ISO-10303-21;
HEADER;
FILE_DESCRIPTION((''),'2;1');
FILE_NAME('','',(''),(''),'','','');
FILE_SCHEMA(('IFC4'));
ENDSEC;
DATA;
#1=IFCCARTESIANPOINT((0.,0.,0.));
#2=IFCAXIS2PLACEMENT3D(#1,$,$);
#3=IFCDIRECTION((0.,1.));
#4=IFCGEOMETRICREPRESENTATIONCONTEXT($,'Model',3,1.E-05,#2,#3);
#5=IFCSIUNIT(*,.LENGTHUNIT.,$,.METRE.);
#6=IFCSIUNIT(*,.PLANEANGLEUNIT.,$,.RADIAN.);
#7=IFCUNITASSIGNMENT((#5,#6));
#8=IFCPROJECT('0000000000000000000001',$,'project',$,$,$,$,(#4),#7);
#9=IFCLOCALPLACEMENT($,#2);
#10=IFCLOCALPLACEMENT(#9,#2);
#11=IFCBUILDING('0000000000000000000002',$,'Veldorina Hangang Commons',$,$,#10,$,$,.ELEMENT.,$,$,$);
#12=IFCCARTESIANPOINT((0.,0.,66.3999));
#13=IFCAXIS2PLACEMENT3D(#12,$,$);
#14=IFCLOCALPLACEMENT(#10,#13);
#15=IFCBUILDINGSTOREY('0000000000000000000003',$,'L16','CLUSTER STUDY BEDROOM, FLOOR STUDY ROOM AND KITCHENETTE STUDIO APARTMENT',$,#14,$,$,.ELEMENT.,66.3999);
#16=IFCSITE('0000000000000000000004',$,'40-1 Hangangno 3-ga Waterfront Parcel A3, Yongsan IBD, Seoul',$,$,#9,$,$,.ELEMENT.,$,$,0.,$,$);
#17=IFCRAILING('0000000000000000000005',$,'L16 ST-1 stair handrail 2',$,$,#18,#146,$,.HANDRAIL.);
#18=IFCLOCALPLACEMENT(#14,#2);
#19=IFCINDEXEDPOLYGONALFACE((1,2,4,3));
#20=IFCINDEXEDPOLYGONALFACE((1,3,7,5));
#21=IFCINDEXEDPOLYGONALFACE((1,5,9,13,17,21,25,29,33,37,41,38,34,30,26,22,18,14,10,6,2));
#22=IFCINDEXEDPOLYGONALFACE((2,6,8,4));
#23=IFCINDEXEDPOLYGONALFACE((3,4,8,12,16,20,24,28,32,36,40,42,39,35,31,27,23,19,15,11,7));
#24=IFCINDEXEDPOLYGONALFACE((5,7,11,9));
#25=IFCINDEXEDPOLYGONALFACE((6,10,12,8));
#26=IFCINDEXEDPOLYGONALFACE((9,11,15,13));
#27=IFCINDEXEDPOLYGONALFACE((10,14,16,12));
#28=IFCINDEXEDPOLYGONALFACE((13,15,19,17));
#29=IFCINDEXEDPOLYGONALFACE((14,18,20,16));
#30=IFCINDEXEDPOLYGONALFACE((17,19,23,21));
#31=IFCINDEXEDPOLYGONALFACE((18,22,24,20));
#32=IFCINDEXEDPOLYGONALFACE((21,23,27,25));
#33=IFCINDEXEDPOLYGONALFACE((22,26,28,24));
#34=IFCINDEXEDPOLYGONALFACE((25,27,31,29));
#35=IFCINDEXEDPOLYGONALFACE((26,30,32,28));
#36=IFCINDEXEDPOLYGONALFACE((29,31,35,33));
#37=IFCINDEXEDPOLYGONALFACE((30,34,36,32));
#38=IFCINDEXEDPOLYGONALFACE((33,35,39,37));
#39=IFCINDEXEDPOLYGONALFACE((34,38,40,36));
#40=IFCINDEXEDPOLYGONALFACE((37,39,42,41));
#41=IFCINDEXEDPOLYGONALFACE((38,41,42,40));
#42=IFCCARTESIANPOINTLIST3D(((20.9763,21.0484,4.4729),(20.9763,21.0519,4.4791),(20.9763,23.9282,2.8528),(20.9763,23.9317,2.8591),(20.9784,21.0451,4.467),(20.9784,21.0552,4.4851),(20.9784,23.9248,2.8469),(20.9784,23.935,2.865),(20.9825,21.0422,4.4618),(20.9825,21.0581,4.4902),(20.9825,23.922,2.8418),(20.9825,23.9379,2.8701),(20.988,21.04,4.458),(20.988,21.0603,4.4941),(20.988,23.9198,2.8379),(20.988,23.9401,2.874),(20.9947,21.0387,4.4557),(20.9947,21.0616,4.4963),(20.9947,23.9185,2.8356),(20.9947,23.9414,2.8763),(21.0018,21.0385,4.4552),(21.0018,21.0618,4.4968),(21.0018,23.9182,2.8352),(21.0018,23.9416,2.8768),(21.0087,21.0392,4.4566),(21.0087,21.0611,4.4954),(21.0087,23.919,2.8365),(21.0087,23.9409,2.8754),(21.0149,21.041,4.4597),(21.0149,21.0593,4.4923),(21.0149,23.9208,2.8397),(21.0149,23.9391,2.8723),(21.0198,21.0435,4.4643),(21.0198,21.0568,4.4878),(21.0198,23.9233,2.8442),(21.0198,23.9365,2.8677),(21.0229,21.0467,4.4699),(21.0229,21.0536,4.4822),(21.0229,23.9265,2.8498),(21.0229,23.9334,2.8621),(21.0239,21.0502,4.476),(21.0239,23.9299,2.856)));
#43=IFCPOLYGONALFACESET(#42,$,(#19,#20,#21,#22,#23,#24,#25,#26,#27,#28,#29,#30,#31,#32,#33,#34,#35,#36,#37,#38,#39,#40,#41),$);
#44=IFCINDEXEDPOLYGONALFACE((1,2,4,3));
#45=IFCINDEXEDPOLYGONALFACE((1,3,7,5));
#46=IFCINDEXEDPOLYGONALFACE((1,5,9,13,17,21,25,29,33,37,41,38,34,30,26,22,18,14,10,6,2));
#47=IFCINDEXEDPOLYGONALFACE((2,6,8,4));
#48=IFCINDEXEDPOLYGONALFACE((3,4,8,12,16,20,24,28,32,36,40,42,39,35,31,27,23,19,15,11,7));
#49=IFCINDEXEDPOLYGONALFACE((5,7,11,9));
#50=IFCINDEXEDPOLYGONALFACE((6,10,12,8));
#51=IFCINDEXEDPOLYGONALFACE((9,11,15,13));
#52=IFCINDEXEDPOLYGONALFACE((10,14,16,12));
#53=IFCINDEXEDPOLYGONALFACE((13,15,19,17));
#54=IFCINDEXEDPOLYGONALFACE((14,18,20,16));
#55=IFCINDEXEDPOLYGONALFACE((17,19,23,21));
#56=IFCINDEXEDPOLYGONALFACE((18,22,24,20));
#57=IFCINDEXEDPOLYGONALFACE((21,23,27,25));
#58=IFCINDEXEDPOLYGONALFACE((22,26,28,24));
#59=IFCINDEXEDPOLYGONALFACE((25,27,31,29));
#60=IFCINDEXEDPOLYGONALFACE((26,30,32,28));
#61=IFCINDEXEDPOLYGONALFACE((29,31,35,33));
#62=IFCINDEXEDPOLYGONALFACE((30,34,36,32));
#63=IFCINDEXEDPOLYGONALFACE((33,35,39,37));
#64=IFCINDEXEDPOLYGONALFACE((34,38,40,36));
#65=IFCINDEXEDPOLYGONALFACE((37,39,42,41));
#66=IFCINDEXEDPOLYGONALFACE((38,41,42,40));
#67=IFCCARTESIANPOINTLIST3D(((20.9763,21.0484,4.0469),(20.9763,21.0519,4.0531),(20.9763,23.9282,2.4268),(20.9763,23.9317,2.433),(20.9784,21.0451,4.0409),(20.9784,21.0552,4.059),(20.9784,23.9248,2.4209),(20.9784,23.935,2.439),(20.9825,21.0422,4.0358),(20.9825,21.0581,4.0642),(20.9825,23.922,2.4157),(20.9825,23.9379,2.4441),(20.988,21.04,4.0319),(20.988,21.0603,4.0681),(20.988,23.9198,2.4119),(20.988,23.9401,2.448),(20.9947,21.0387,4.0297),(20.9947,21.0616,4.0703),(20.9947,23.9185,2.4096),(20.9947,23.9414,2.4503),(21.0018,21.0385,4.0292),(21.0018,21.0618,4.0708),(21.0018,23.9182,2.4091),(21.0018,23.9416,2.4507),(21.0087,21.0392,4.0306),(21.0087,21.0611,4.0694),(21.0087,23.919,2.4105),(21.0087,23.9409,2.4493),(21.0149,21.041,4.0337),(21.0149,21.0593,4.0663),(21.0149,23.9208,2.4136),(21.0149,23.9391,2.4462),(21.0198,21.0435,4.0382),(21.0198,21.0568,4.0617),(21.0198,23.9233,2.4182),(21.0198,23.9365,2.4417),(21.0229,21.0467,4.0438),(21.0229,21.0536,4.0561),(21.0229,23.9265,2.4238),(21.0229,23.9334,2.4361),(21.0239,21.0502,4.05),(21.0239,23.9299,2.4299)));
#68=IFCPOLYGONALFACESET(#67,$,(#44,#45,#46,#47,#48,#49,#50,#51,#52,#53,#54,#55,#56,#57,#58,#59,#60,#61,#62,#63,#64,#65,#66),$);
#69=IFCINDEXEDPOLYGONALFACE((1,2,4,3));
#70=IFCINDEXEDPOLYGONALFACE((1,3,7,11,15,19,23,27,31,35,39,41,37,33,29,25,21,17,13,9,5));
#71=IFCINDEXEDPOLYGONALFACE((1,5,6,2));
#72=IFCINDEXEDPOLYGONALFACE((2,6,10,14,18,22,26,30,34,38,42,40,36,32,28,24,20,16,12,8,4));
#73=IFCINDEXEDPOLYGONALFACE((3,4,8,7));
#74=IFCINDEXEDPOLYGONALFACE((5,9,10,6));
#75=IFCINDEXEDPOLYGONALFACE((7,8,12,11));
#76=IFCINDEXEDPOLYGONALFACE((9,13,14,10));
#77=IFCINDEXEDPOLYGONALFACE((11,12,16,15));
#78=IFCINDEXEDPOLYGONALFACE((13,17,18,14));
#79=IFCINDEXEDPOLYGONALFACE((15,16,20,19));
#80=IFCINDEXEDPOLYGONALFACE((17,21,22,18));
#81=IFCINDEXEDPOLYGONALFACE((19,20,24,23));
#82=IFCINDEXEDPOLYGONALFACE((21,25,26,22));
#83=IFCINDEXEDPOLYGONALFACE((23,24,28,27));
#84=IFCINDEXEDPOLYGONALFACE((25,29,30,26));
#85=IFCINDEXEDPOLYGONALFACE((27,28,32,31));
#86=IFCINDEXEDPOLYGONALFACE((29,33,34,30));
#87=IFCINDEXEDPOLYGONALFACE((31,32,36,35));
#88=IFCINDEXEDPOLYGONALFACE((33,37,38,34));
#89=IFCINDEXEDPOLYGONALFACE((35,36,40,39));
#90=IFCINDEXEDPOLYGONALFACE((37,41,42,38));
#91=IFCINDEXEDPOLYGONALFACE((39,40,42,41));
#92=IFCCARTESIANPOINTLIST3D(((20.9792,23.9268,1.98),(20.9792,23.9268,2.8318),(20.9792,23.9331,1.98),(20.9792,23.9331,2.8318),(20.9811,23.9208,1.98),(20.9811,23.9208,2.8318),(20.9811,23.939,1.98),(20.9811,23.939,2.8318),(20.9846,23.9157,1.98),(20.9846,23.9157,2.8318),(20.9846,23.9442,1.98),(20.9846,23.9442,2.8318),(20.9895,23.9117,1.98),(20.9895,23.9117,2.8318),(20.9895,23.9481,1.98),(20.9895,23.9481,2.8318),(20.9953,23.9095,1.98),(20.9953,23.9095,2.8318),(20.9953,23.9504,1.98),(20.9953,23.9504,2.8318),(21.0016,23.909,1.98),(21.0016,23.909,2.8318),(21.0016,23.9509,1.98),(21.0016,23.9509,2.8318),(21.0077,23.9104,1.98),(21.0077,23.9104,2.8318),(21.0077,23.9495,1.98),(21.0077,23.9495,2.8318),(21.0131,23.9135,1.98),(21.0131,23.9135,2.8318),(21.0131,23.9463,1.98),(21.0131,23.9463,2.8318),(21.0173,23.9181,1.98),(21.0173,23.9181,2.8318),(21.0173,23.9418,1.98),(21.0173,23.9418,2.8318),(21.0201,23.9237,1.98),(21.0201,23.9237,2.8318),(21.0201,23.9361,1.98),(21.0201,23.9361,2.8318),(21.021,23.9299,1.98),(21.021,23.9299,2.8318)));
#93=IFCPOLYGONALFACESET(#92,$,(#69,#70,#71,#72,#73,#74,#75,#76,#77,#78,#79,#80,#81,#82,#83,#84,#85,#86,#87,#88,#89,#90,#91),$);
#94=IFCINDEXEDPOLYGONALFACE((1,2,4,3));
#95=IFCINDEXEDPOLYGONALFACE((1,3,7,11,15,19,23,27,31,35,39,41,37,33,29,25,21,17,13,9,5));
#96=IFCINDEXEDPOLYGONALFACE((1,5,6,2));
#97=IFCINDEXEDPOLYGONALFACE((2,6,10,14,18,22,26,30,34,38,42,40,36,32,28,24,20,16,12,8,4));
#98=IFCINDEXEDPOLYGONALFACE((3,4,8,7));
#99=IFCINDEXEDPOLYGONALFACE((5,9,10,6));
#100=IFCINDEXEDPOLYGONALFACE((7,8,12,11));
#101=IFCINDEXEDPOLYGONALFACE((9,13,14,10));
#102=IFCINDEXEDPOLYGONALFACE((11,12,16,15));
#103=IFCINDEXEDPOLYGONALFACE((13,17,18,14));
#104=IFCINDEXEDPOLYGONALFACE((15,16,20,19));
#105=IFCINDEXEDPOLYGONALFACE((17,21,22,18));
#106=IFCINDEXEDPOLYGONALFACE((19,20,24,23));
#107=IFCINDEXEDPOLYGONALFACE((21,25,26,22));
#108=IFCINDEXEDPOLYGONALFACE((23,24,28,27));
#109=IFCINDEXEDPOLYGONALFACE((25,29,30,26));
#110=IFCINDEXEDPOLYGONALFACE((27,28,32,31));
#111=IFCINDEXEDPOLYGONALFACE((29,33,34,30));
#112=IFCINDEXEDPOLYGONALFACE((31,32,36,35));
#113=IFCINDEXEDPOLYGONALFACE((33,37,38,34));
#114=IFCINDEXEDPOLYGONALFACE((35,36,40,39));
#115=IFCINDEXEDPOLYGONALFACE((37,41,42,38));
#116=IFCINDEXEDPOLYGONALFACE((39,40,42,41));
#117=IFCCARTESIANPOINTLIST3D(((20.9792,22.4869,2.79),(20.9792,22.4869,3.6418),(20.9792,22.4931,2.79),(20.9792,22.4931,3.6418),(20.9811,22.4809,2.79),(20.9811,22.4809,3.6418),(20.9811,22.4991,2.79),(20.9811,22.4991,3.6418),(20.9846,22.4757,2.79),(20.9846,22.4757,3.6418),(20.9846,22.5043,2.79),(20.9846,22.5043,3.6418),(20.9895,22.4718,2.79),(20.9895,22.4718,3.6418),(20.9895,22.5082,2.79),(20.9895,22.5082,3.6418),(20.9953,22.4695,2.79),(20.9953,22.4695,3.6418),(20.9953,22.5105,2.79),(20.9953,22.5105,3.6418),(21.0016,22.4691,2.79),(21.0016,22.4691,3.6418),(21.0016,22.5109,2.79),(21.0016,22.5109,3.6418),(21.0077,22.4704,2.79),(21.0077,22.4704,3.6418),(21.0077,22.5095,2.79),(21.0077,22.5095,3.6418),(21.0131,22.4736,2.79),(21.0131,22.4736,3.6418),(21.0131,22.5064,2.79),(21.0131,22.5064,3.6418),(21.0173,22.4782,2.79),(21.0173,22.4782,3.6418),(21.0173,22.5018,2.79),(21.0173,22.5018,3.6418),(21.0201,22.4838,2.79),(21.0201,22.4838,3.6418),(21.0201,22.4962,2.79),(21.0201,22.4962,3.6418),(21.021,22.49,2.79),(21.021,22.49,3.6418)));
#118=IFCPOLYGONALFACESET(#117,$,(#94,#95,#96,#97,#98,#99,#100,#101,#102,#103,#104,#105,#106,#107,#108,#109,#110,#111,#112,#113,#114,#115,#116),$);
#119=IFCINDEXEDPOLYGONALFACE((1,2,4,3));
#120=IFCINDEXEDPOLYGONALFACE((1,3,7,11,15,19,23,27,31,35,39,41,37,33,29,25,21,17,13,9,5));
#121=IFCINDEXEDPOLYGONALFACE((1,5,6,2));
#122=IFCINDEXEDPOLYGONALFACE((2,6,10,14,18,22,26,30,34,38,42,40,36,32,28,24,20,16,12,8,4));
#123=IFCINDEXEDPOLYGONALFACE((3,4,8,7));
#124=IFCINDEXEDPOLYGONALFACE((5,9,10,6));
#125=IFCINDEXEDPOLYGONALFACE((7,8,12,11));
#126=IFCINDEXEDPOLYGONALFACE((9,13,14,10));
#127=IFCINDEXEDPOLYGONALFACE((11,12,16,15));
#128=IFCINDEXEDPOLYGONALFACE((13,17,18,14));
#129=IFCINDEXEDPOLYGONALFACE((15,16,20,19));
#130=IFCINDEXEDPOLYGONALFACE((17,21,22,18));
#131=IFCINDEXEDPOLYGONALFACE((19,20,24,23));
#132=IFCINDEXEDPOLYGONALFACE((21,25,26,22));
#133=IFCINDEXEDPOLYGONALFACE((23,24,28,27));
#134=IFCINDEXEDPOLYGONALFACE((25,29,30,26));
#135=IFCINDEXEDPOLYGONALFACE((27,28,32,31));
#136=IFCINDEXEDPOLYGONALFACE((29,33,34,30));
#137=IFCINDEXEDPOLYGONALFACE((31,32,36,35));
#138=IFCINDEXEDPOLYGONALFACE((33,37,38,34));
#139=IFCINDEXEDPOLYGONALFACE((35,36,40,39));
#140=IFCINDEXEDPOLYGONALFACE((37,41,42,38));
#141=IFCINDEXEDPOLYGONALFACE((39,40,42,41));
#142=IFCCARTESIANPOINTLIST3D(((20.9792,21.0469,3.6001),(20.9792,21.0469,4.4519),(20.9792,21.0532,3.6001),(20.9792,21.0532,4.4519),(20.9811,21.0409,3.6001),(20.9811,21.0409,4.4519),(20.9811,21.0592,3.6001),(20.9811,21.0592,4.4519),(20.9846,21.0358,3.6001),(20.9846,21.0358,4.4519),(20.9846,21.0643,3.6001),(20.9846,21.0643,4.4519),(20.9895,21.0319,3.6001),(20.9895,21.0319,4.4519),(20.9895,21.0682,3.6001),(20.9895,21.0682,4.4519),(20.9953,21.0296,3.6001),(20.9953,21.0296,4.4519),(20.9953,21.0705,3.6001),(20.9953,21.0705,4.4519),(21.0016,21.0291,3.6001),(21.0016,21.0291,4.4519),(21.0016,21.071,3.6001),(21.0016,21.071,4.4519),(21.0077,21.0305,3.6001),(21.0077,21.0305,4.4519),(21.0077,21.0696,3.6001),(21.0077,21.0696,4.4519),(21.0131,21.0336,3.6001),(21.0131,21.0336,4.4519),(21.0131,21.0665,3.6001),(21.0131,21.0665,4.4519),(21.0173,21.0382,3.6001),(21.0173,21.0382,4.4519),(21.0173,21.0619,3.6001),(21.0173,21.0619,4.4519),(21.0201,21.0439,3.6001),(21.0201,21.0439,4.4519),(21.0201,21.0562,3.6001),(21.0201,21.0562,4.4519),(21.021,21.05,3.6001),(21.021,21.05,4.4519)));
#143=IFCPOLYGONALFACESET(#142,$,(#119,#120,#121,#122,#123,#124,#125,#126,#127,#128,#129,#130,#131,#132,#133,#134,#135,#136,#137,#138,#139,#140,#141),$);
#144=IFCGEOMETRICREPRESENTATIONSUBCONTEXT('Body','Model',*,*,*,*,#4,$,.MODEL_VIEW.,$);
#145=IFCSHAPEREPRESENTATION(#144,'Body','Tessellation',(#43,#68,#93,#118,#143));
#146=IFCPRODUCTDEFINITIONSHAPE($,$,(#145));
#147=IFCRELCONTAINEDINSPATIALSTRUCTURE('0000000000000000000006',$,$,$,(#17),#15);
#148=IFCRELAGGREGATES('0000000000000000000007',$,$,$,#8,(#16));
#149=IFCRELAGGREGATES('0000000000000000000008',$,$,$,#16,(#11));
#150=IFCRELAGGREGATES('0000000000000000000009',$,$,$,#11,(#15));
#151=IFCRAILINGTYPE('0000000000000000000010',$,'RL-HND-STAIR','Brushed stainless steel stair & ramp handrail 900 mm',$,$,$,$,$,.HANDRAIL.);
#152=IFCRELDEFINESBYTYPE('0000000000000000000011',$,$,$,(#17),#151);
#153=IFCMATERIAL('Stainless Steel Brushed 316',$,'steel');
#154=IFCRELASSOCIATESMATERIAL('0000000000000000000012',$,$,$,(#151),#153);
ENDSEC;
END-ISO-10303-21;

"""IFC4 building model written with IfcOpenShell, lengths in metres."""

from ifc_helpers import new_model, si_unit, direction, frame, origin, origin_2d, place, context, subcontext, project, spatial, circle, extrude, material, type_object, element, save


model = new_model("IFC4")

# Units and contexts
model_context = context("Model", 3, precision=1e-05, world=origin(), true_north=direction((0.0, 1.0)))
body_context = subcontext(model_context, "Body", "Model", "MODEL_VIEW")
ifc_project = project(units=[si_unit("LENGTHUNIT", "METRE"), si_unit("PLANEANGLEUNIT", "RADIAN")], contexts=[model_context])

# Site, building, storey
site_placement = place(None, origin())
site = spatial("IfcSite", under=ifc_project, at=site_placement, Name="40-1 Hangangno 3-ga Waterfront Parcel A3, Yongsan IBD, Seoul", CompositionType="ELEMENT", RefElevation=0.0)
building_placement = place(site_placement, origin())
building = spatial("IfcBuilding", under=site, at=building_placement, Name="Veldorina Hangang Commons", CompositionType="ELEMENT")
storey_placement = place(building_placement, frame((0.0, 0.0, 66.3999)))
storey = spatial("IfcBuildingStorey", under=building, at=storey_placement, Name="L16", Description="CLUSTER STUDY BEDROOM, FLOOR STUDY ROOM AND KITCHENETTE STUDIO APARTMENT", CompositionType="ELEMENT", Elevation=66.3999)

# Railing
ifc_material_1 = material(Name="Stainless Steel Brushed 316", Category="steel")
railing_type_1 = type_object("IfcRailingType", Name="RL-HND-STAIR", Description="Brushed stainless steel stair & ramp handrail 900 mm", PredefinedType="HANDRAIL", material=ifc_material_1)
railing_1_placement = place(storey_placement, frame((21.0, 23.9299, 1.98)))
element("IfcRailing", 1, at=railing_1_placement, inside=storey, type_object=railing_type_1, Name="L16 ST-1 stair handrail 2", PredefinedType="HANDRAIL", context=body_context, shape_type="SweptSolid", body=[
    extrude(circle(Radius=0.0239, at=origin_2d()), frame((0.0, 0.0, 0.876), z_axis=(0.0, -0.871552, 0.490303), x_axis=(1.0, 0.0, 0.0)), (0.0, 0.0, 1.0), 3.3042),
    extrude(circle(Radius=0.0239, at=origin_2d()), frame((0.0, 0.0, 0.45), z_axis=(0.0, -0.871552, 0.490303), x_axis=(1.0, 0.0, 0.0)), (0.0, 0.0, 1.0), 3.3042),
    extrude(circle(Radius=0.021, at=origin_2d()), origin(), (0.0, 0.0, 1.0), 0.8518),
    extrude(circle(Radius=0.021, at=origin_2d()), frame((0.0, -1.4399, 0.8101)), (0.0, 0.0, 1.0), 0.8518),
    extrude(circle(Radius=0.021, at=origin_2d()), frame((0.0, -2.8799, 1.6201)), (0.0, 0.0, 1.0), 0.8518),
])

save(model, "model.ifc")
